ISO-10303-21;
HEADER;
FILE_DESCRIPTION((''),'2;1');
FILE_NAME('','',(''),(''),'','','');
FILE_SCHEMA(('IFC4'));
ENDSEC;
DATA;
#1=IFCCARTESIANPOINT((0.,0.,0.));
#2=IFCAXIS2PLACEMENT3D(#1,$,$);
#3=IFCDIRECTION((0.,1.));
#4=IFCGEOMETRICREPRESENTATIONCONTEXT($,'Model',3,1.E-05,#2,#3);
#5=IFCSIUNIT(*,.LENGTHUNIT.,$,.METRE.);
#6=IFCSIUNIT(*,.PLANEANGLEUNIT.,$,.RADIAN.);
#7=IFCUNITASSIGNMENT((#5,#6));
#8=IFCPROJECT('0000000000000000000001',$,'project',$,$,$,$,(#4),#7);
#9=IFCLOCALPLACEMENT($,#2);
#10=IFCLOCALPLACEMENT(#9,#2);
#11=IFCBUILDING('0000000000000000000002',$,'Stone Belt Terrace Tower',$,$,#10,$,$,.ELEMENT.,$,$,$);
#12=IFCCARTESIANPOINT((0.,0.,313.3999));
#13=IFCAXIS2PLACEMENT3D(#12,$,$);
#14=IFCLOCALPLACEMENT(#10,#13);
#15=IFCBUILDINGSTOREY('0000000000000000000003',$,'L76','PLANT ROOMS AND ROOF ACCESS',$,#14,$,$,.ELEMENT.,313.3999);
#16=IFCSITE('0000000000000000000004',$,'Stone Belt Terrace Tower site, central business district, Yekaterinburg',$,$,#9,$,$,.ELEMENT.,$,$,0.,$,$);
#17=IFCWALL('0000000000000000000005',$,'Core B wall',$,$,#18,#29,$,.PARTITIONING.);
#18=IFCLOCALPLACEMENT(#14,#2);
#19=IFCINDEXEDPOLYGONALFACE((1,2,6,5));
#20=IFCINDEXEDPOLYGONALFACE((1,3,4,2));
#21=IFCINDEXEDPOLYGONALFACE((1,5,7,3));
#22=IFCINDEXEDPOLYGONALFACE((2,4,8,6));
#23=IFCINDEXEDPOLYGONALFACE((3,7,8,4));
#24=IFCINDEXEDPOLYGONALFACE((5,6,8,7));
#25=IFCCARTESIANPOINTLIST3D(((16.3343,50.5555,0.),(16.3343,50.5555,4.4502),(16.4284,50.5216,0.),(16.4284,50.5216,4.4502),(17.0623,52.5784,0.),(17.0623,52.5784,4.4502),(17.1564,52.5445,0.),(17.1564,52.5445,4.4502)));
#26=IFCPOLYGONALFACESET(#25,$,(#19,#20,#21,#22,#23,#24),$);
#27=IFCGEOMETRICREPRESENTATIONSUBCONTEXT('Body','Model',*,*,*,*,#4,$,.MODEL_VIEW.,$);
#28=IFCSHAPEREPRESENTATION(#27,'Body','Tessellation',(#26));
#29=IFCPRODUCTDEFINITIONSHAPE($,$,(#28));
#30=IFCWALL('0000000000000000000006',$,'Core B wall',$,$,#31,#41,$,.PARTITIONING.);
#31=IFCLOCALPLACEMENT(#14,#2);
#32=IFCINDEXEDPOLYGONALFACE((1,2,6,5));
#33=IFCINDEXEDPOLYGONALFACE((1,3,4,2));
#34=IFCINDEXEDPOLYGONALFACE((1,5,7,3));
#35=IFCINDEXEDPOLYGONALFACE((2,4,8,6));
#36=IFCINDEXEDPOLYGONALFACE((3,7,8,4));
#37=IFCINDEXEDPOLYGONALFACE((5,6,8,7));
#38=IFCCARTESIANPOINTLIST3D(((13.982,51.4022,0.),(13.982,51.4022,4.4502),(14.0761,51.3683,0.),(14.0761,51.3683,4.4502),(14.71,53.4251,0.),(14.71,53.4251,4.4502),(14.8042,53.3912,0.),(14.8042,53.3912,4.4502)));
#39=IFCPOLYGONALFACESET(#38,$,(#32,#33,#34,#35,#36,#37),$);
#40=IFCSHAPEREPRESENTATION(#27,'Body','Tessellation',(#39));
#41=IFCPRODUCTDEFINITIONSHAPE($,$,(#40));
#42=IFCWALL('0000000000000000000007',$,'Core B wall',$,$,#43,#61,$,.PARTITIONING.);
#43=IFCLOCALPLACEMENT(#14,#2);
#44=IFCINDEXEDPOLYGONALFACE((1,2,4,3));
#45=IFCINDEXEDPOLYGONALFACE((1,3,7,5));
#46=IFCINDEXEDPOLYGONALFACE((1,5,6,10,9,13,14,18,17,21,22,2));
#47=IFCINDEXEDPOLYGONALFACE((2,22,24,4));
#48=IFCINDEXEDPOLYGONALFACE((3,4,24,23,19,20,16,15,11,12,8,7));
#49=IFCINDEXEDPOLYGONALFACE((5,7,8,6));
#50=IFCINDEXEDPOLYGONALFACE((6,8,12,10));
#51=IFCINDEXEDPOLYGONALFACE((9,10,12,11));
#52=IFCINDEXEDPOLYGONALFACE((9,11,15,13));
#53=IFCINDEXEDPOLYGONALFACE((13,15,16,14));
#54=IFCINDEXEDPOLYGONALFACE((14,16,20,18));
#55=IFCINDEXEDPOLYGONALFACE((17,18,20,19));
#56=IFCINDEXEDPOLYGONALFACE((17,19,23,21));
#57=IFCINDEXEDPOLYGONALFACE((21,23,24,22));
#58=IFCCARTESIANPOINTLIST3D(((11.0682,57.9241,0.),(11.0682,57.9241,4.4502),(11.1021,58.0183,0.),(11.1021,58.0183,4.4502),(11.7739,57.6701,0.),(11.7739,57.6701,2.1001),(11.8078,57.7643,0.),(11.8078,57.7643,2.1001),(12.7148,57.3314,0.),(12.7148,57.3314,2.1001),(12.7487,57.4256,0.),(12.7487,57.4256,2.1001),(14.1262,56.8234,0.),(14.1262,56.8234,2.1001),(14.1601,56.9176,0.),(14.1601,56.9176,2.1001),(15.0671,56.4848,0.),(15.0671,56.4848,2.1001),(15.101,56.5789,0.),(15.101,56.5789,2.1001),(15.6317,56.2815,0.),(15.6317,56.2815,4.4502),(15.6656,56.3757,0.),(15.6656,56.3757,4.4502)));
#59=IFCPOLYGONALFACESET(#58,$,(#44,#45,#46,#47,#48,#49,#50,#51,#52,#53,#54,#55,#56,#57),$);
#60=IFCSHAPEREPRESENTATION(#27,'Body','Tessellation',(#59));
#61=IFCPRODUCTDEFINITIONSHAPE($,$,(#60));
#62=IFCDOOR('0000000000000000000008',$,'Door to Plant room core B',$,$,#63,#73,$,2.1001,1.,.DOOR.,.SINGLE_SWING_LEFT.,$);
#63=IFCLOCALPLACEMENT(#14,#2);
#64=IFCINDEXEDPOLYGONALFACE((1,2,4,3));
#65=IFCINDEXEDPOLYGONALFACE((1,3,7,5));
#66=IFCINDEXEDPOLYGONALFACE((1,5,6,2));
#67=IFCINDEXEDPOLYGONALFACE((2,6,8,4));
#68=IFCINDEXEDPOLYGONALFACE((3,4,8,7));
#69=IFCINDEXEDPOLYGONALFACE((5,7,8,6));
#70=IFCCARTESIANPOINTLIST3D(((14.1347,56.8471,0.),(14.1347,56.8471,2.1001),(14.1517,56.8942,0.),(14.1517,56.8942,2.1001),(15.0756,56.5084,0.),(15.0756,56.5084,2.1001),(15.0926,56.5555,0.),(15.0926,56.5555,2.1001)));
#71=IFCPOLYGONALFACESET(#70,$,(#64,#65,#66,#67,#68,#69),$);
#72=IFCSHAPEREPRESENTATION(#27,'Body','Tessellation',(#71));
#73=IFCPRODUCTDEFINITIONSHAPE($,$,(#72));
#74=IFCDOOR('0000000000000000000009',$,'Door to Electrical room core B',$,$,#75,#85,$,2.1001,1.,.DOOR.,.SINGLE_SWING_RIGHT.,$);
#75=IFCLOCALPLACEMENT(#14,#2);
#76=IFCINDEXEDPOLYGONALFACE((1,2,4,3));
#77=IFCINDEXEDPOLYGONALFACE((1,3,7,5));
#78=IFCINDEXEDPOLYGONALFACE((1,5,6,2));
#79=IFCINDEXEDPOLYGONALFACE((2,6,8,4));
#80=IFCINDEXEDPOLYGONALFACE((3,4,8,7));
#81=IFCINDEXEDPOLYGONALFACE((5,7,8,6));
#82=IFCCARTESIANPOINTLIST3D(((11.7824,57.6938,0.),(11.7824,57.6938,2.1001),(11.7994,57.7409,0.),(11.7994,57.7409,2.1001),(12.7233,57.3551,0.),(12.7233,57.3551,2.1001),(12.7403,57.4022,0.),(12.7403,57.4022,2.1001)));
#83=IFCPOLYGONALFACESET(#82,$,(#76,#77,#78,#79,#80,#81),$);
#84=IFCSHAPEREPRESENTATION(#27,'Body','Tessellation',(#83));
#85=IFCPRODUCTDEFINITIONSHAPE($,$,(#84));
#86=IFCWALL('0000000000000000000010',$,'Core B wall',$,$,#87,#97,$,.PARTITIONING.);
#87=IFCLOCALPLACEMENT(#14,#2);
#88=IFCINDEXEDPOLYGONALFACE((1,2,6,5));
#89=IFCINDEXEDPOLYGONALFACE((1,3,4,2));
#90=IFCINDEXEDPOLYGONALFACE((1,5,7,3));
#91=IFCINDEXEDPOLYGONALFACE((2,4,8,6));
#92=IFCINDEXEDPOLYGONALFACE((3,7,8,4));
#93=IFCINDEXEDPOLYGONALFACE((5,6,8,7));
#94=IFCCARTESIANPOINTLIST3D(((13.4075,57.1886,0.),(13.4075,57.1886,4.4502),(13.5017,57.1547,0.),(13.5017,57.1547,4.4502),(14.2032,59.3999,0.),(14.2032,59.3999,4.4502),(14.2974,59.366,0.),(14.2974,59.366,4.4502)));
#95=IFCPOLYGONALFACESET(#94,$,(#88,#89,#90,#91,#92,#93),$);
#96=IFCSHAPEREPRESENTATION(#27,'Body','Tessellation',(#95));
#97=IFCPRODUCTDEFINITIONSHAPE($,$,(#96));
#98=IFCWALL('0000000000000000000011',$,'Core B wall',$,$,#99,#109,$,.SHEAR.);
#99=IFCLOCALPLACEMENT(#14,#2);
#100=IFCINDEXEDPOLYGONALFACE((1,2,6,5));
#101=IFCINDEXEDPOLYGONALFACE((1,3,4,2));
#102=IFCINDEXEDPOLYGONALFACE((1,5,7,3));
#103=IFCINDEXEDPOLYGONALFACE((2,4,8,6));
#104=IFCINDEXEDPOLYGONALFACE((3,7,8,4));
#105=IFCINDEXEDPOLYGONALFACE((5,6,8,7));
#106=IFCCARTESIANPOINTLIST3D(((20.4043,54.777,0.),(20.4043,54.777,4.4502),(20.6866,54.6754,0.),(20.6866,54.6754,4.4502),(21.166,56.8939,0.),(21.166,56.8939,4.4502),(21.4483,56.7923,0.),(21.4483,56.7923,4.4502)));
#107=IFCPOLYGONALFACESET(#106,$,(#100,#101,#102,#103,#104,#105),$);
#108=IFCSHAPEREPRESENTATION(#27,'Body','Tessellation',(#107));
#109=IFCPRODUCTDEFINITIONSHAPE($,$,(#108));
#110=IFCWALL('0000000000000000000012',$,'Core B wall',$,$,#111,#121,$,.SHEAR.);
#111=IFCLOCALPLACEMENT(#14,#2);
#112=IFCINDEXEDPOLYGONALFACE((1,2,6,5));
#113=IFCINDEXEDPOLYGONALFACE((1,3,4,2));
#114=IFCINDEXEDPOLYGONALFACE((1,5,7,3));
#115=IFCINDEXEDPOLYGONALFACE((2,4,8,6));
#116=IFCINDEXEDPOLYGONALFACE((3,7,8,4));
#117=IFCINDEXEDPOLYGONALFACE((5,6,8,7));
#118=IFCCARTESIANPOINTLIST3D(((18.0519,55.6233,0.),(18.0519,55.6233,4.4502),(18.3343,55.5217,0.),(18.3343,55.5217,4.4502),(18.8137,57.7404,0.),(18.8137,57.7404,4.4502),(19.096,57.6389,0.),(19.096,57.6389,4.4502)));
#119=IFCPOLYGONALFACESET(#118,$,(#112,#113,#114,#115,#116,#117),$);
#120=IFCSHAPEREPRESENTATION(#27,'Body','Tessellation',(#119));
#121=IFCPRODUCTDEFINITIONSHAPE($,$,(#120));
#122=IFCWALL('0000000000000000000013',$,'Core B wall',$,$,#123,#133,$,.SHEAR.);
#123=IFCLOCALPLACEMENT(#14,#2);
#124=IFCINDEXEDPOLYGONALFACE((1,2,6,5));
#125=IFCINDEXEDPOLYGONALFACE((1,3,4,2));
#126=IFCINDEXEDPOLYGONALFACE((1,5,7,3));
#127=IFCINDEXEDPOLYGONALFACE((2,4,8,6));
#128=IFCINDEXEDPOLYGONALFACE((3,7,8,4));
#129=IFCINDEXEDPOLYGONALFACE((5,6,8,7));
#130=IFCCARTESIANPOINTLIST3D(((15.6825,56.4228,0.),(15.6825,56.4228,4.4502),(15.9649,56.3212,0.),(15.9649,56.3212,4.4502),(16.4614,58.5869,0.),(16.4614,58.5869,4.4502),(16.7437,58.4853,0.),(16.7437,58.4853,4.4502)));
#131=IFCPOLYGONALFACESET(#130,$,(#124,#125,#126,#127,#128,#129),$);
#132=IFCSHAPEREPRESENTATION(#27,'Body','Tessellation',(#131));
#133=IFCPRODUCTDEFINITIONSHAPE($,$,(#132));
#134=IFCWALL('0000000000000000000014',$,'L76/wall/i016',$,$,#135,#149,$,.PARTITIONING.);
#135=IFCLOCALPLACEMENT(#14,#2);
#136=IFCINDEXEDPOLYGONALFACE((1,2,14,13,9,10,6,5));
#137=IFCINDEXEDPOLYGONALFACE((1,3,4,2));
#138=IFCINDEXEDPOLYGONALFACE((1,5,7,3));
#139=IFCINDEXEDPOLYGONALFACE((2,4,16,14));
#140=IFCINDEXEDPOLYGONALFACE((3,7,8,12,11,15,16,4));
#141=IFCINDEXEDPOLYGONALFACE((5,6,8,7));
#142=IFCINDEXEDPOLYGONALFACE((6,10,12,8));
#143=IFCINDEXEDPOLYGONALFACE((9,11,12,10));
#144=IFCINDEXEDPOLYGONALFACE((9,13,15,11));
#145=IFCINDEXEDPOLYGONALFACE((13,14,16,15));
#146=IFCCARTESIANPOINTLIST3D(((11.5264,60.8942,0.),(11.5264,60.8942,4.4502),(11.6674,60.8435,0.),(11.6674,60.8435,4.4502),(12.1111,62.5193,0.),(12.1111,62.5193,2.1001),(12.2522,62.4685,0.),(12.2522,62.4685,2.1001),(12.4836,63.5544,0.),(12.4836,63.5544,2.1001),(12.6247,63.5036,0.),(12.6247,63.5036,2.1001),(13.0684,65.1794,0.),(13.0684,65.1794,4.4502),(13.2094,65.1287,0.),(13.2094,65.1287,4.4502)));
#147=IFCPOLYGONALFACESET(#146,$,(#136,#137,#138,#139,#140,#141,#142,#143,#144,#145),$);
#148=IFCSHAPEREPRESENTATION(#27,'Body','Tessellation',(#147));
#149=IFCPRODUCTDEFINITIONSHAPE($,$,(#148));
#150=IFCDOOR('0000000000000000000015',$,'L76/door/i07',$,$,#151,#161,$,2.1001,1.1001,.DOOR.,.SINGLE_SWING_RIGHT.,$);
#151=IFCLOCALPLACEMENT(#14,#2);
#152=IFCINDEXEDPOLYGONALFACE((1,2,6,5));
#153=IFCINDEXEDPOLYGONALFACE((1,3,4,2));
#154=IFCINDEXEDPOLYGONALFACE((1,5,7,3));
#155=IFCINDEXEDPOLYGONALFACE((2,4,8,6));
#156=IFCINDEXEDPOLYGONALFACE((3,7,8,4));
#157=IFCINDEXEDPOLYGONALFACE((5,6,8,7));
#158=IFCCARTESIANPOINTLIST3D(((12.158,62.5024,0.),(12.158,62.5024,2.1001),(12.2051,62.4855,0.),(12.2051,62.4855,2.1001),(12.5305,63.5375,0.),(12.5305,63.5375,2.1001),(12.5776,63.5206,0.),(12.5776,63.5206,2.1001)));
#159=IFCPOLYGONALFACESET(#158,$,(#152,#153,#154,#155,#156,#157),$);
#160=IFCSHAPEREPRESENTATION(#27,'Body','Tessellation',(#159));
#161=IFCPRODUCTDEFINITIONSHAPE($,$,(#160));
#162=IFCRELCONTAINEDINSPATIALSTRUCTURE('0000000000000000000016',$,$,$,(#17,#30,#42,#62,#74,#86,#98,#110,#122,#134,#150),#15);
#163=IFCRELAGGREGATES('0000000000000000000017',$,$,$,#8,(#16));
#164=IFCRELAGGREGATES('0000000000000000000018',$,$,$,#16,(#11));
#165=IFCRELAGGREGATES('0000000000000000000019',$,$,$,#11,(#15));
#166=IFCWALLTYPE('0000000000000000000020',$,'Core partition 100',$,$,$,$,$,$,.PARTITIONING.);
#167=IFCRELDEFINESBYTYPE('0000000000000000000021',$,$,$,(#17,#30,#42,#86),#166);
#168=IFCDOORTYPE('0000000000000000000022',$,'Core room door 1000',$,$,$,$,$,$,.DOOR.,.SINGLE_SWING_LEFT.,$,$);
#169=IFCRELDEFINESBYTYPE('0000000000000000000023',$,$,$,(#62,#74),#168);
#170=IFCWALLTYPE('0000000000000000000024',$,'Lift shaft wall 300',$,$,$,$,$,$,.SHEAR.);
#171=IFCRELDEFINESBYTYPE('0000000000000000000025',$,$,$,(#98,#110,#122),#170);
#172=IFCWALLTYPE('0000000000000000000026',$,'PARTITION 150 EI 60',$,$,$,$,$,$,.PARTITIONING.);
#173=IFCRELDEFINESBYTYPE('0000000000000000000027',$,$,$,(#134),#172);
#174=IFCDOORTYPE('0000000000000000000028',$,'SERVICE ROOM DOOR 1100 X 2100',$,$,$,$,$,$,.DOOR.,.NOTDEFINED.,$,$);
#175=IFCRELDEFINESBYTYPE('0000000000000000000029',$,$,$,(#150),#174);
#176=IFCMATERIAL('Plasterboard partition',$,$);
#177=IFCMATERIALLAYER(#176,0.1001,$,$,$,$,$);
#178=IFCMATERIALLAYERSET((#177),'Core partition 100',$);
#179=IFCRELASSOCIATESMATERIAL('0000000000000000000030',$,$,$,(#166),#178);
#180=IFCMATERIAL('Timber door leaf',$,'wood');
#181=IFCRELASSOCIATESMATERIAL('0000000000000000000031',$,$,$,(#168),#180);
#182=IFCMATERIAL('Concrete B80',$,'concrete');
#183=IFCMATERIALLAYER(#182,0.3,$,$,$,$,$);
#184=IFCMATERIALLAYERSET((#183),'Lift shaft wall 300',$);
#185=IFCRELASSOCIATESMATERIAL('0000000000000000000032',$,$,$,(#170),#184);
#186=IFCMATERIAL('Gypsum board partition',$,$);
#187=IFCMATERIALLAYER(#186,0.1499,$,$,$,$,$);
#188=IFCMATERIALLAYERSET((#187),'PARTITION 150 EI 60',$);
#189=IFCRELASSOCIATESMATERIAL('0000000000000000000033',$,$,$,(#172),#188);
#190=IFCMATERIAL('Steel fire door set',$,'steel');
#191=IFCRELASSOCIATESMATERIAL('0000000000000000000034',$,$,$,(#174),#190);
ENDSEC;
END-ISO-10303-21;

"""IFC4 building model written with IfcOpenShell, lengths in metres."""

from ifc_helpers import new_model, si_unit, direction, frame, frame_2d, origin, place, context, subcontext, project, spatial, rectangle, extrude, material, layer, layer_set, type_object, element, fill, save


model = new_model("IFC4")

# Units and contexts
model_context = context("Model", 3, precision=1e-05, world=origin(), true_north=direction((0.0, 1.0)))
body_context = subcontext(model_context, "Body", "Model", "MODEL_VIEW")
ifc_project = project(units=[si_unit("LENGTHUNIT", "METRE"), si_unit("PLANEANGLEUNIT", "RADIAN")], contexts=[model_context])

# Site, building, storey
site_placement = place(None, origin())
site = spatial("IfcSite", under=ifc_project, at=site_placement, Name="Stone Belt Terrace Tower site, central business district, Yekaterinburg", CompositionType="ELEMENT", RefElevation=0.0)
building_placement = place(site_placement, origin())
building = spatial("IfcBuilding", under=site, at=building_placement, Name="Stone Belt Terrace Tower", CompositionType="ELEMENT")
storey_placement = place(building_placement, frame((0.0, 0.0, 313.3999)))
storey = spatial("IfcBuildingStorey", under=building, at=storey_placement, Name="L76", Description="PLANT ROOMS AND ROOF ACCESS", CompositionType="ELEMENT", Elevation=313.3999)

# Shared definitions
ifc_material_1 = material(Name="Plasterboard partition")
ifc_layer_1 = layer(ifc_material_1, 0.1001)
ifc_layer_set_1 = layer_set([ifc_layer_1], Name="Core partition 100")
wall_type_1 = type_object("IfcWallType", Name="Core partition 100", PredefinedType="PARTITIONING", material=ifc_layer_set_1)
ifc_material_2 = material(Name="Timber door leaf", Category="wood")
door_type_1 = type_object("IfcDoorType", Name="Core room door 1000", OperationType="SINGLE_SWING_LEFT", PredefinedType="DOOR", material=ifc_material_2)

# Walls
for number, where, z_axis, x_axis, name in (
    (1, (16.3813, 50.5386, 0.0), (0.0, 0.0, 1.0), (0.338623, 0.940922, 0.0), "Core B wall"),
    (2, (14.0291, 51.3853, 0.0), (0.0, 0.0, 1.0), (0.338623, 0.940922, 0.0), "Core B wall"),
):
    element("IfcWall", number, at=place(storey_placement, frame(where, z_axis=z_axis, x_axis=x_axis)), inside=storey, type_object=wall_type_1, Name=name, PredefinedType="PARTITIONING", context=body_context, shape_type="SweptSolid", body=[
        extrude(rectangle(XDim=2.1499, YDim=0.1001, at=frame_2d((1.075, 0.0))), origin(), (0.0, 0.0, 1.0), 4.4502),
    ])

# Wall, openings, doors
wall_1_placement = place(storey_placement, frame((15.6487, 56.3286, 0.0), z_axis=(0.0, 0.0, 1.0), x_axis=(-0.940905, 0.33867, 0.0)))
wall_1 = element("IfcWall", 3, at=wall_1_placement, inside=storey, type_object=wall_type_1, Name="Core B wall", PredefinedType="PARTITIONING", context=body_context, shape_type="SweptSolid", body=[
    extrude(rectangle(XDim=4.8501, YDim=0.1001, at=frame_2d((2.425, 0.0))), origin(), (0.0, 0.0, 1.0), 4.4502),
])
opening_1_placement = place(wall_1_placement, frame((0.6001, 0.0, 0.0)))
opening_1 = element("IfcOpeningElement", 4, at=opening_1_placement, cuts=wall_1, PredefinedType="OPENING", context=body_context, shape_type="SweptSolid", body=[
    extrude(rectangle(XDim=1.0, YDim=2.1001, at=frame_2d((0.5, 1.05))), frame((0.0, 0.0601, 0.0), z_axis=(0.0, -1.0, 0.0), x_axis=(1.0, 0.0, 0.0)), (0.0, 0.0, 1.0), 0.1201),
])
opening_2_placement = place(wall_1_placement, frame((3.1001, 0.0, 0.0)))
opening_2 = element("IfcOpeningElement", 5, at=opening_2_placement, cuts=wall_1, PredefinedType="OPENING", context=body_context, shape_type="SweptSolid", body=[
    extrude(rectangle(XDim=1.0, YDim=2.1001, at=frame_2d((0.5, 1.05))), frame((0.0, 0.0601, 0.0), z_axis=(0.0, -1.0, 0.0), x_axis=(1.0, 0.0, 0.0)), (0.0, 0.0, 1.0), 0.1201),
])
door_1_placement = place(opening_1_placement, origin())
door_1 = element("IfcDoor", 6, at=door_1_placement, inside=storey, type_object=door_type_1, Name="Door to Plant room core B", OperationType="SINGLE_SWING_LEFT", OverallHeight=2.1001, OverallWidth=1.0, PredefinedType="DOOR", context=body_context, shape_type="SweptSolid", body=[
    extrude(rectangle(XDim=1.0, YDim=2.1001, at=frame_2d((0.5, 1.05))), frame((0.0, 0.0249, 0.0), z_axis=(0.0, -1.0, 0.0), x_axis=(1.0, 0.0, 0.0)), (0.0, 0.0, 1.0), 0.05),
])
fill(opening_1, door_1)
door_2_placement = place(opening_2_placement, origin())
door_2 = element("IfcDoor", 7, at=door_2_placement, inside=storey, type_object=door_type_1, Name="Door to Electrical room core B", OperationType="SINGLE_SWING_RIGHT", OverallHeight=2.1001, OverallWidth=1.0, PredefinedType="DOOR", context=body_context, shape_type="SweptSolid", body=[
    extrude(rectangle(XDim=1.0, YDim=2.1001, at=frame_2d((0.5, 1.05))), frame((0.0, 0.0249, 0.0), z_axis=(0.0, -1.0, 0.0), x_axis=(1.0, 0.0, 0.0)), (0.0, 0.0, 1.0), 0.05),
])
fill(opening_2, door_2)

# Walls
wall_2_placement = place(storey_placement, frame((13.4546, 57.1716, 0.0), z_axis=(0.0, 0.0, 1.0), x_axis=(0.33858, 0.940938, 0.0)))
element("IfcWall", 8, at=wall_2_placement, inside=storey, type_object=wall_type_1, Name="Core B wall", PredefinedType="PARTITIONING", context=body_context, shape_type="SweptSolid", body=[
    extrude(rectangle(XDim=2.3501, YDim=0.1001, at=frame_2d((1.175, 0.0))), origin(), (0.0, 0.0, 1.0), 4.4502),
])
ifc_material_3 = material(Name="Concrete B80", Category="concrete")
ifc_layer_2 = layer(ifc_material_3, 0.3)
ifc_layer_set_2 = layer_set([ifc_layer_2], Name="Lift shaft wall 300")
wall_type_2 = type_object("IfcWallType", Name="Lift shaft wall 300", PredefinedType="SHEAR", material=ifc_layer_set_2)
wall_3_placement = place(storey_placement, frame((20.5454, 54.7261, 0.0), z_axis=(0.0, 0.0, 1.0), x_axis=(0.33857, 0.940941, 0.0)))
element("IfcWall", 9, at=wall_3_placement, inside=storey, type_object=wall_type_2, Name="Core B wall", PredefinedType="SHEAR", context=body_context, shape_type="SweptSolid", body=[
    extrude(rectangle(XDim=2.2498, YDim=0.3, at=frame_2d((1.125, 0.0))), origin(), (0.0, 0.0, 1.0), 4.4502),
])
wall_4_placement = place(storey_placement, frame((18.1931, 55.5725, 0.0), z_axis=(0.0, 0.0, 1.0), x_axis=(0.338535, 0.940954, 0.0)))
element("IfcWall", 10, at=wall_4_placement, inside=storey, type_object=wall_type_2, Name="Core B wall", PredefinedType="SHEAR", context=body_context, shape_type="SweptSolid", body=[
    extrude(rectangle(XDim=2.25, YDim=0.3, at=frame_2d((1.125, 0.0))), origin(), (0.0, 0.0, 1.0), 4.4502),
])
wall_5_placement = place(storey_placement, frame((15.8237, 56.3721, 0.0), z_axis=(0.0, 0.0, 1.0), x_axis=(0.338622, 0.940923, 0.0)))
element("IfcWall", 11, at=wall_5_placement, inside=storey, type_object=wall_type_2, Name="Core B wall", PredefinedType="SHEAR", context=body_context, shape_type="SweptSolid", body=[
    extrude(rectangle(XDim=2.3, YDim=0.3, at=frame_2d((1.1499, 0.0))), origin(), (0.0, 0.0, 1.0), 4.4502),
])

# Wall, opening, door
ifc_material_4 = material(Name="Gypsum board partition")
ifc_layer_3 = layer(ifc_material_4, 0.1499)
ifc_layer_set_3 = layer_set([ifc_layer_3], Name="PARTITION 150 EI 60")
wall_type_3 = type_object("IfcWallType", Name="PARTITION 150 EI 60", PredefinedType="PARTITIONING", material=ifc_layer_set_3)
wall_6_placement = place(storey_placement, frame((13.1389, 65.1541, 0.0), z_axis=(0.0, 0.0, 1.0), x_axis=(-0.33859, -0.940934, 0.0)))
wall_6 = element("IfcWall", 12, at=wall_6_placement, inside=storey, type_object=wall_type_3, Name="L76/wall/i016", PredefinedType="PARTITIONING", context=body_context, shape_type="SweptSolid", body=[
    extrude(rectangle(XDim=4.5542, YDim=0.1499, at=frame_2d((2.2771, 0.0))), origin(), (0.0, 0.0, 1.0), 4.4502),
])
opening_3_placement = place(wall_6_placement, frame((1.7271, 0.0, 0.0)))
opening_3 = element("IfcOpeningElement", 13, at=opening_3_placement, cuts=wall_6, PredefinedType="OPENING", context=body_context, shape_type="SweptSolid", body=[
    extrude(rectangle(XDim=1.1001, YDim=2.1001, at=frame_2d((0.55, 1.05))), frame((0.0, 0.085, 0.0), z_axis=(0.0, -1.0, 0.0), x_axis=(1.0, 0.0, 0.0)), (0.0, 0.0, 1.0), 0.1699),
])
ifc_material_5 = material(Name="Steel fire door set", Category="steel")
door_type_2 = type_object("IfcDoorType", Name="SERVICE ROOM DOOR 1100 X 2100", OperationType="NOTDEFINED", PredefinedType="DOOR", material=ifc_material_5)
door_3_placement = place(opening_3_placement, origin())
door_3 = element("IfcDoor", 14, at=door_3_placement, inside=storey, type_object=door_type_2, Name="L76/door/i07", OperationType="SINGLE_SWING_RIGHT", OverallHeight=2.1001, OverallWidth=1.1001, PredefinedType="DOOR", context=body_context, shape_type="SweptSolid", body=[
    extrude(rectangle(XDim=1.1001, YDim=2.1001, at=frame_2d((0.55, 1.05))), frame((0.0, 0.0249, 0.0), z_axis=(0.0, -1.0, 0.0), x_axis=(1.0, 0.0, 0.0)), (0.0, 0.0, 1.0), 0.05),
])
fill(opening_3, door_3)

save(model, "model.ifc")
